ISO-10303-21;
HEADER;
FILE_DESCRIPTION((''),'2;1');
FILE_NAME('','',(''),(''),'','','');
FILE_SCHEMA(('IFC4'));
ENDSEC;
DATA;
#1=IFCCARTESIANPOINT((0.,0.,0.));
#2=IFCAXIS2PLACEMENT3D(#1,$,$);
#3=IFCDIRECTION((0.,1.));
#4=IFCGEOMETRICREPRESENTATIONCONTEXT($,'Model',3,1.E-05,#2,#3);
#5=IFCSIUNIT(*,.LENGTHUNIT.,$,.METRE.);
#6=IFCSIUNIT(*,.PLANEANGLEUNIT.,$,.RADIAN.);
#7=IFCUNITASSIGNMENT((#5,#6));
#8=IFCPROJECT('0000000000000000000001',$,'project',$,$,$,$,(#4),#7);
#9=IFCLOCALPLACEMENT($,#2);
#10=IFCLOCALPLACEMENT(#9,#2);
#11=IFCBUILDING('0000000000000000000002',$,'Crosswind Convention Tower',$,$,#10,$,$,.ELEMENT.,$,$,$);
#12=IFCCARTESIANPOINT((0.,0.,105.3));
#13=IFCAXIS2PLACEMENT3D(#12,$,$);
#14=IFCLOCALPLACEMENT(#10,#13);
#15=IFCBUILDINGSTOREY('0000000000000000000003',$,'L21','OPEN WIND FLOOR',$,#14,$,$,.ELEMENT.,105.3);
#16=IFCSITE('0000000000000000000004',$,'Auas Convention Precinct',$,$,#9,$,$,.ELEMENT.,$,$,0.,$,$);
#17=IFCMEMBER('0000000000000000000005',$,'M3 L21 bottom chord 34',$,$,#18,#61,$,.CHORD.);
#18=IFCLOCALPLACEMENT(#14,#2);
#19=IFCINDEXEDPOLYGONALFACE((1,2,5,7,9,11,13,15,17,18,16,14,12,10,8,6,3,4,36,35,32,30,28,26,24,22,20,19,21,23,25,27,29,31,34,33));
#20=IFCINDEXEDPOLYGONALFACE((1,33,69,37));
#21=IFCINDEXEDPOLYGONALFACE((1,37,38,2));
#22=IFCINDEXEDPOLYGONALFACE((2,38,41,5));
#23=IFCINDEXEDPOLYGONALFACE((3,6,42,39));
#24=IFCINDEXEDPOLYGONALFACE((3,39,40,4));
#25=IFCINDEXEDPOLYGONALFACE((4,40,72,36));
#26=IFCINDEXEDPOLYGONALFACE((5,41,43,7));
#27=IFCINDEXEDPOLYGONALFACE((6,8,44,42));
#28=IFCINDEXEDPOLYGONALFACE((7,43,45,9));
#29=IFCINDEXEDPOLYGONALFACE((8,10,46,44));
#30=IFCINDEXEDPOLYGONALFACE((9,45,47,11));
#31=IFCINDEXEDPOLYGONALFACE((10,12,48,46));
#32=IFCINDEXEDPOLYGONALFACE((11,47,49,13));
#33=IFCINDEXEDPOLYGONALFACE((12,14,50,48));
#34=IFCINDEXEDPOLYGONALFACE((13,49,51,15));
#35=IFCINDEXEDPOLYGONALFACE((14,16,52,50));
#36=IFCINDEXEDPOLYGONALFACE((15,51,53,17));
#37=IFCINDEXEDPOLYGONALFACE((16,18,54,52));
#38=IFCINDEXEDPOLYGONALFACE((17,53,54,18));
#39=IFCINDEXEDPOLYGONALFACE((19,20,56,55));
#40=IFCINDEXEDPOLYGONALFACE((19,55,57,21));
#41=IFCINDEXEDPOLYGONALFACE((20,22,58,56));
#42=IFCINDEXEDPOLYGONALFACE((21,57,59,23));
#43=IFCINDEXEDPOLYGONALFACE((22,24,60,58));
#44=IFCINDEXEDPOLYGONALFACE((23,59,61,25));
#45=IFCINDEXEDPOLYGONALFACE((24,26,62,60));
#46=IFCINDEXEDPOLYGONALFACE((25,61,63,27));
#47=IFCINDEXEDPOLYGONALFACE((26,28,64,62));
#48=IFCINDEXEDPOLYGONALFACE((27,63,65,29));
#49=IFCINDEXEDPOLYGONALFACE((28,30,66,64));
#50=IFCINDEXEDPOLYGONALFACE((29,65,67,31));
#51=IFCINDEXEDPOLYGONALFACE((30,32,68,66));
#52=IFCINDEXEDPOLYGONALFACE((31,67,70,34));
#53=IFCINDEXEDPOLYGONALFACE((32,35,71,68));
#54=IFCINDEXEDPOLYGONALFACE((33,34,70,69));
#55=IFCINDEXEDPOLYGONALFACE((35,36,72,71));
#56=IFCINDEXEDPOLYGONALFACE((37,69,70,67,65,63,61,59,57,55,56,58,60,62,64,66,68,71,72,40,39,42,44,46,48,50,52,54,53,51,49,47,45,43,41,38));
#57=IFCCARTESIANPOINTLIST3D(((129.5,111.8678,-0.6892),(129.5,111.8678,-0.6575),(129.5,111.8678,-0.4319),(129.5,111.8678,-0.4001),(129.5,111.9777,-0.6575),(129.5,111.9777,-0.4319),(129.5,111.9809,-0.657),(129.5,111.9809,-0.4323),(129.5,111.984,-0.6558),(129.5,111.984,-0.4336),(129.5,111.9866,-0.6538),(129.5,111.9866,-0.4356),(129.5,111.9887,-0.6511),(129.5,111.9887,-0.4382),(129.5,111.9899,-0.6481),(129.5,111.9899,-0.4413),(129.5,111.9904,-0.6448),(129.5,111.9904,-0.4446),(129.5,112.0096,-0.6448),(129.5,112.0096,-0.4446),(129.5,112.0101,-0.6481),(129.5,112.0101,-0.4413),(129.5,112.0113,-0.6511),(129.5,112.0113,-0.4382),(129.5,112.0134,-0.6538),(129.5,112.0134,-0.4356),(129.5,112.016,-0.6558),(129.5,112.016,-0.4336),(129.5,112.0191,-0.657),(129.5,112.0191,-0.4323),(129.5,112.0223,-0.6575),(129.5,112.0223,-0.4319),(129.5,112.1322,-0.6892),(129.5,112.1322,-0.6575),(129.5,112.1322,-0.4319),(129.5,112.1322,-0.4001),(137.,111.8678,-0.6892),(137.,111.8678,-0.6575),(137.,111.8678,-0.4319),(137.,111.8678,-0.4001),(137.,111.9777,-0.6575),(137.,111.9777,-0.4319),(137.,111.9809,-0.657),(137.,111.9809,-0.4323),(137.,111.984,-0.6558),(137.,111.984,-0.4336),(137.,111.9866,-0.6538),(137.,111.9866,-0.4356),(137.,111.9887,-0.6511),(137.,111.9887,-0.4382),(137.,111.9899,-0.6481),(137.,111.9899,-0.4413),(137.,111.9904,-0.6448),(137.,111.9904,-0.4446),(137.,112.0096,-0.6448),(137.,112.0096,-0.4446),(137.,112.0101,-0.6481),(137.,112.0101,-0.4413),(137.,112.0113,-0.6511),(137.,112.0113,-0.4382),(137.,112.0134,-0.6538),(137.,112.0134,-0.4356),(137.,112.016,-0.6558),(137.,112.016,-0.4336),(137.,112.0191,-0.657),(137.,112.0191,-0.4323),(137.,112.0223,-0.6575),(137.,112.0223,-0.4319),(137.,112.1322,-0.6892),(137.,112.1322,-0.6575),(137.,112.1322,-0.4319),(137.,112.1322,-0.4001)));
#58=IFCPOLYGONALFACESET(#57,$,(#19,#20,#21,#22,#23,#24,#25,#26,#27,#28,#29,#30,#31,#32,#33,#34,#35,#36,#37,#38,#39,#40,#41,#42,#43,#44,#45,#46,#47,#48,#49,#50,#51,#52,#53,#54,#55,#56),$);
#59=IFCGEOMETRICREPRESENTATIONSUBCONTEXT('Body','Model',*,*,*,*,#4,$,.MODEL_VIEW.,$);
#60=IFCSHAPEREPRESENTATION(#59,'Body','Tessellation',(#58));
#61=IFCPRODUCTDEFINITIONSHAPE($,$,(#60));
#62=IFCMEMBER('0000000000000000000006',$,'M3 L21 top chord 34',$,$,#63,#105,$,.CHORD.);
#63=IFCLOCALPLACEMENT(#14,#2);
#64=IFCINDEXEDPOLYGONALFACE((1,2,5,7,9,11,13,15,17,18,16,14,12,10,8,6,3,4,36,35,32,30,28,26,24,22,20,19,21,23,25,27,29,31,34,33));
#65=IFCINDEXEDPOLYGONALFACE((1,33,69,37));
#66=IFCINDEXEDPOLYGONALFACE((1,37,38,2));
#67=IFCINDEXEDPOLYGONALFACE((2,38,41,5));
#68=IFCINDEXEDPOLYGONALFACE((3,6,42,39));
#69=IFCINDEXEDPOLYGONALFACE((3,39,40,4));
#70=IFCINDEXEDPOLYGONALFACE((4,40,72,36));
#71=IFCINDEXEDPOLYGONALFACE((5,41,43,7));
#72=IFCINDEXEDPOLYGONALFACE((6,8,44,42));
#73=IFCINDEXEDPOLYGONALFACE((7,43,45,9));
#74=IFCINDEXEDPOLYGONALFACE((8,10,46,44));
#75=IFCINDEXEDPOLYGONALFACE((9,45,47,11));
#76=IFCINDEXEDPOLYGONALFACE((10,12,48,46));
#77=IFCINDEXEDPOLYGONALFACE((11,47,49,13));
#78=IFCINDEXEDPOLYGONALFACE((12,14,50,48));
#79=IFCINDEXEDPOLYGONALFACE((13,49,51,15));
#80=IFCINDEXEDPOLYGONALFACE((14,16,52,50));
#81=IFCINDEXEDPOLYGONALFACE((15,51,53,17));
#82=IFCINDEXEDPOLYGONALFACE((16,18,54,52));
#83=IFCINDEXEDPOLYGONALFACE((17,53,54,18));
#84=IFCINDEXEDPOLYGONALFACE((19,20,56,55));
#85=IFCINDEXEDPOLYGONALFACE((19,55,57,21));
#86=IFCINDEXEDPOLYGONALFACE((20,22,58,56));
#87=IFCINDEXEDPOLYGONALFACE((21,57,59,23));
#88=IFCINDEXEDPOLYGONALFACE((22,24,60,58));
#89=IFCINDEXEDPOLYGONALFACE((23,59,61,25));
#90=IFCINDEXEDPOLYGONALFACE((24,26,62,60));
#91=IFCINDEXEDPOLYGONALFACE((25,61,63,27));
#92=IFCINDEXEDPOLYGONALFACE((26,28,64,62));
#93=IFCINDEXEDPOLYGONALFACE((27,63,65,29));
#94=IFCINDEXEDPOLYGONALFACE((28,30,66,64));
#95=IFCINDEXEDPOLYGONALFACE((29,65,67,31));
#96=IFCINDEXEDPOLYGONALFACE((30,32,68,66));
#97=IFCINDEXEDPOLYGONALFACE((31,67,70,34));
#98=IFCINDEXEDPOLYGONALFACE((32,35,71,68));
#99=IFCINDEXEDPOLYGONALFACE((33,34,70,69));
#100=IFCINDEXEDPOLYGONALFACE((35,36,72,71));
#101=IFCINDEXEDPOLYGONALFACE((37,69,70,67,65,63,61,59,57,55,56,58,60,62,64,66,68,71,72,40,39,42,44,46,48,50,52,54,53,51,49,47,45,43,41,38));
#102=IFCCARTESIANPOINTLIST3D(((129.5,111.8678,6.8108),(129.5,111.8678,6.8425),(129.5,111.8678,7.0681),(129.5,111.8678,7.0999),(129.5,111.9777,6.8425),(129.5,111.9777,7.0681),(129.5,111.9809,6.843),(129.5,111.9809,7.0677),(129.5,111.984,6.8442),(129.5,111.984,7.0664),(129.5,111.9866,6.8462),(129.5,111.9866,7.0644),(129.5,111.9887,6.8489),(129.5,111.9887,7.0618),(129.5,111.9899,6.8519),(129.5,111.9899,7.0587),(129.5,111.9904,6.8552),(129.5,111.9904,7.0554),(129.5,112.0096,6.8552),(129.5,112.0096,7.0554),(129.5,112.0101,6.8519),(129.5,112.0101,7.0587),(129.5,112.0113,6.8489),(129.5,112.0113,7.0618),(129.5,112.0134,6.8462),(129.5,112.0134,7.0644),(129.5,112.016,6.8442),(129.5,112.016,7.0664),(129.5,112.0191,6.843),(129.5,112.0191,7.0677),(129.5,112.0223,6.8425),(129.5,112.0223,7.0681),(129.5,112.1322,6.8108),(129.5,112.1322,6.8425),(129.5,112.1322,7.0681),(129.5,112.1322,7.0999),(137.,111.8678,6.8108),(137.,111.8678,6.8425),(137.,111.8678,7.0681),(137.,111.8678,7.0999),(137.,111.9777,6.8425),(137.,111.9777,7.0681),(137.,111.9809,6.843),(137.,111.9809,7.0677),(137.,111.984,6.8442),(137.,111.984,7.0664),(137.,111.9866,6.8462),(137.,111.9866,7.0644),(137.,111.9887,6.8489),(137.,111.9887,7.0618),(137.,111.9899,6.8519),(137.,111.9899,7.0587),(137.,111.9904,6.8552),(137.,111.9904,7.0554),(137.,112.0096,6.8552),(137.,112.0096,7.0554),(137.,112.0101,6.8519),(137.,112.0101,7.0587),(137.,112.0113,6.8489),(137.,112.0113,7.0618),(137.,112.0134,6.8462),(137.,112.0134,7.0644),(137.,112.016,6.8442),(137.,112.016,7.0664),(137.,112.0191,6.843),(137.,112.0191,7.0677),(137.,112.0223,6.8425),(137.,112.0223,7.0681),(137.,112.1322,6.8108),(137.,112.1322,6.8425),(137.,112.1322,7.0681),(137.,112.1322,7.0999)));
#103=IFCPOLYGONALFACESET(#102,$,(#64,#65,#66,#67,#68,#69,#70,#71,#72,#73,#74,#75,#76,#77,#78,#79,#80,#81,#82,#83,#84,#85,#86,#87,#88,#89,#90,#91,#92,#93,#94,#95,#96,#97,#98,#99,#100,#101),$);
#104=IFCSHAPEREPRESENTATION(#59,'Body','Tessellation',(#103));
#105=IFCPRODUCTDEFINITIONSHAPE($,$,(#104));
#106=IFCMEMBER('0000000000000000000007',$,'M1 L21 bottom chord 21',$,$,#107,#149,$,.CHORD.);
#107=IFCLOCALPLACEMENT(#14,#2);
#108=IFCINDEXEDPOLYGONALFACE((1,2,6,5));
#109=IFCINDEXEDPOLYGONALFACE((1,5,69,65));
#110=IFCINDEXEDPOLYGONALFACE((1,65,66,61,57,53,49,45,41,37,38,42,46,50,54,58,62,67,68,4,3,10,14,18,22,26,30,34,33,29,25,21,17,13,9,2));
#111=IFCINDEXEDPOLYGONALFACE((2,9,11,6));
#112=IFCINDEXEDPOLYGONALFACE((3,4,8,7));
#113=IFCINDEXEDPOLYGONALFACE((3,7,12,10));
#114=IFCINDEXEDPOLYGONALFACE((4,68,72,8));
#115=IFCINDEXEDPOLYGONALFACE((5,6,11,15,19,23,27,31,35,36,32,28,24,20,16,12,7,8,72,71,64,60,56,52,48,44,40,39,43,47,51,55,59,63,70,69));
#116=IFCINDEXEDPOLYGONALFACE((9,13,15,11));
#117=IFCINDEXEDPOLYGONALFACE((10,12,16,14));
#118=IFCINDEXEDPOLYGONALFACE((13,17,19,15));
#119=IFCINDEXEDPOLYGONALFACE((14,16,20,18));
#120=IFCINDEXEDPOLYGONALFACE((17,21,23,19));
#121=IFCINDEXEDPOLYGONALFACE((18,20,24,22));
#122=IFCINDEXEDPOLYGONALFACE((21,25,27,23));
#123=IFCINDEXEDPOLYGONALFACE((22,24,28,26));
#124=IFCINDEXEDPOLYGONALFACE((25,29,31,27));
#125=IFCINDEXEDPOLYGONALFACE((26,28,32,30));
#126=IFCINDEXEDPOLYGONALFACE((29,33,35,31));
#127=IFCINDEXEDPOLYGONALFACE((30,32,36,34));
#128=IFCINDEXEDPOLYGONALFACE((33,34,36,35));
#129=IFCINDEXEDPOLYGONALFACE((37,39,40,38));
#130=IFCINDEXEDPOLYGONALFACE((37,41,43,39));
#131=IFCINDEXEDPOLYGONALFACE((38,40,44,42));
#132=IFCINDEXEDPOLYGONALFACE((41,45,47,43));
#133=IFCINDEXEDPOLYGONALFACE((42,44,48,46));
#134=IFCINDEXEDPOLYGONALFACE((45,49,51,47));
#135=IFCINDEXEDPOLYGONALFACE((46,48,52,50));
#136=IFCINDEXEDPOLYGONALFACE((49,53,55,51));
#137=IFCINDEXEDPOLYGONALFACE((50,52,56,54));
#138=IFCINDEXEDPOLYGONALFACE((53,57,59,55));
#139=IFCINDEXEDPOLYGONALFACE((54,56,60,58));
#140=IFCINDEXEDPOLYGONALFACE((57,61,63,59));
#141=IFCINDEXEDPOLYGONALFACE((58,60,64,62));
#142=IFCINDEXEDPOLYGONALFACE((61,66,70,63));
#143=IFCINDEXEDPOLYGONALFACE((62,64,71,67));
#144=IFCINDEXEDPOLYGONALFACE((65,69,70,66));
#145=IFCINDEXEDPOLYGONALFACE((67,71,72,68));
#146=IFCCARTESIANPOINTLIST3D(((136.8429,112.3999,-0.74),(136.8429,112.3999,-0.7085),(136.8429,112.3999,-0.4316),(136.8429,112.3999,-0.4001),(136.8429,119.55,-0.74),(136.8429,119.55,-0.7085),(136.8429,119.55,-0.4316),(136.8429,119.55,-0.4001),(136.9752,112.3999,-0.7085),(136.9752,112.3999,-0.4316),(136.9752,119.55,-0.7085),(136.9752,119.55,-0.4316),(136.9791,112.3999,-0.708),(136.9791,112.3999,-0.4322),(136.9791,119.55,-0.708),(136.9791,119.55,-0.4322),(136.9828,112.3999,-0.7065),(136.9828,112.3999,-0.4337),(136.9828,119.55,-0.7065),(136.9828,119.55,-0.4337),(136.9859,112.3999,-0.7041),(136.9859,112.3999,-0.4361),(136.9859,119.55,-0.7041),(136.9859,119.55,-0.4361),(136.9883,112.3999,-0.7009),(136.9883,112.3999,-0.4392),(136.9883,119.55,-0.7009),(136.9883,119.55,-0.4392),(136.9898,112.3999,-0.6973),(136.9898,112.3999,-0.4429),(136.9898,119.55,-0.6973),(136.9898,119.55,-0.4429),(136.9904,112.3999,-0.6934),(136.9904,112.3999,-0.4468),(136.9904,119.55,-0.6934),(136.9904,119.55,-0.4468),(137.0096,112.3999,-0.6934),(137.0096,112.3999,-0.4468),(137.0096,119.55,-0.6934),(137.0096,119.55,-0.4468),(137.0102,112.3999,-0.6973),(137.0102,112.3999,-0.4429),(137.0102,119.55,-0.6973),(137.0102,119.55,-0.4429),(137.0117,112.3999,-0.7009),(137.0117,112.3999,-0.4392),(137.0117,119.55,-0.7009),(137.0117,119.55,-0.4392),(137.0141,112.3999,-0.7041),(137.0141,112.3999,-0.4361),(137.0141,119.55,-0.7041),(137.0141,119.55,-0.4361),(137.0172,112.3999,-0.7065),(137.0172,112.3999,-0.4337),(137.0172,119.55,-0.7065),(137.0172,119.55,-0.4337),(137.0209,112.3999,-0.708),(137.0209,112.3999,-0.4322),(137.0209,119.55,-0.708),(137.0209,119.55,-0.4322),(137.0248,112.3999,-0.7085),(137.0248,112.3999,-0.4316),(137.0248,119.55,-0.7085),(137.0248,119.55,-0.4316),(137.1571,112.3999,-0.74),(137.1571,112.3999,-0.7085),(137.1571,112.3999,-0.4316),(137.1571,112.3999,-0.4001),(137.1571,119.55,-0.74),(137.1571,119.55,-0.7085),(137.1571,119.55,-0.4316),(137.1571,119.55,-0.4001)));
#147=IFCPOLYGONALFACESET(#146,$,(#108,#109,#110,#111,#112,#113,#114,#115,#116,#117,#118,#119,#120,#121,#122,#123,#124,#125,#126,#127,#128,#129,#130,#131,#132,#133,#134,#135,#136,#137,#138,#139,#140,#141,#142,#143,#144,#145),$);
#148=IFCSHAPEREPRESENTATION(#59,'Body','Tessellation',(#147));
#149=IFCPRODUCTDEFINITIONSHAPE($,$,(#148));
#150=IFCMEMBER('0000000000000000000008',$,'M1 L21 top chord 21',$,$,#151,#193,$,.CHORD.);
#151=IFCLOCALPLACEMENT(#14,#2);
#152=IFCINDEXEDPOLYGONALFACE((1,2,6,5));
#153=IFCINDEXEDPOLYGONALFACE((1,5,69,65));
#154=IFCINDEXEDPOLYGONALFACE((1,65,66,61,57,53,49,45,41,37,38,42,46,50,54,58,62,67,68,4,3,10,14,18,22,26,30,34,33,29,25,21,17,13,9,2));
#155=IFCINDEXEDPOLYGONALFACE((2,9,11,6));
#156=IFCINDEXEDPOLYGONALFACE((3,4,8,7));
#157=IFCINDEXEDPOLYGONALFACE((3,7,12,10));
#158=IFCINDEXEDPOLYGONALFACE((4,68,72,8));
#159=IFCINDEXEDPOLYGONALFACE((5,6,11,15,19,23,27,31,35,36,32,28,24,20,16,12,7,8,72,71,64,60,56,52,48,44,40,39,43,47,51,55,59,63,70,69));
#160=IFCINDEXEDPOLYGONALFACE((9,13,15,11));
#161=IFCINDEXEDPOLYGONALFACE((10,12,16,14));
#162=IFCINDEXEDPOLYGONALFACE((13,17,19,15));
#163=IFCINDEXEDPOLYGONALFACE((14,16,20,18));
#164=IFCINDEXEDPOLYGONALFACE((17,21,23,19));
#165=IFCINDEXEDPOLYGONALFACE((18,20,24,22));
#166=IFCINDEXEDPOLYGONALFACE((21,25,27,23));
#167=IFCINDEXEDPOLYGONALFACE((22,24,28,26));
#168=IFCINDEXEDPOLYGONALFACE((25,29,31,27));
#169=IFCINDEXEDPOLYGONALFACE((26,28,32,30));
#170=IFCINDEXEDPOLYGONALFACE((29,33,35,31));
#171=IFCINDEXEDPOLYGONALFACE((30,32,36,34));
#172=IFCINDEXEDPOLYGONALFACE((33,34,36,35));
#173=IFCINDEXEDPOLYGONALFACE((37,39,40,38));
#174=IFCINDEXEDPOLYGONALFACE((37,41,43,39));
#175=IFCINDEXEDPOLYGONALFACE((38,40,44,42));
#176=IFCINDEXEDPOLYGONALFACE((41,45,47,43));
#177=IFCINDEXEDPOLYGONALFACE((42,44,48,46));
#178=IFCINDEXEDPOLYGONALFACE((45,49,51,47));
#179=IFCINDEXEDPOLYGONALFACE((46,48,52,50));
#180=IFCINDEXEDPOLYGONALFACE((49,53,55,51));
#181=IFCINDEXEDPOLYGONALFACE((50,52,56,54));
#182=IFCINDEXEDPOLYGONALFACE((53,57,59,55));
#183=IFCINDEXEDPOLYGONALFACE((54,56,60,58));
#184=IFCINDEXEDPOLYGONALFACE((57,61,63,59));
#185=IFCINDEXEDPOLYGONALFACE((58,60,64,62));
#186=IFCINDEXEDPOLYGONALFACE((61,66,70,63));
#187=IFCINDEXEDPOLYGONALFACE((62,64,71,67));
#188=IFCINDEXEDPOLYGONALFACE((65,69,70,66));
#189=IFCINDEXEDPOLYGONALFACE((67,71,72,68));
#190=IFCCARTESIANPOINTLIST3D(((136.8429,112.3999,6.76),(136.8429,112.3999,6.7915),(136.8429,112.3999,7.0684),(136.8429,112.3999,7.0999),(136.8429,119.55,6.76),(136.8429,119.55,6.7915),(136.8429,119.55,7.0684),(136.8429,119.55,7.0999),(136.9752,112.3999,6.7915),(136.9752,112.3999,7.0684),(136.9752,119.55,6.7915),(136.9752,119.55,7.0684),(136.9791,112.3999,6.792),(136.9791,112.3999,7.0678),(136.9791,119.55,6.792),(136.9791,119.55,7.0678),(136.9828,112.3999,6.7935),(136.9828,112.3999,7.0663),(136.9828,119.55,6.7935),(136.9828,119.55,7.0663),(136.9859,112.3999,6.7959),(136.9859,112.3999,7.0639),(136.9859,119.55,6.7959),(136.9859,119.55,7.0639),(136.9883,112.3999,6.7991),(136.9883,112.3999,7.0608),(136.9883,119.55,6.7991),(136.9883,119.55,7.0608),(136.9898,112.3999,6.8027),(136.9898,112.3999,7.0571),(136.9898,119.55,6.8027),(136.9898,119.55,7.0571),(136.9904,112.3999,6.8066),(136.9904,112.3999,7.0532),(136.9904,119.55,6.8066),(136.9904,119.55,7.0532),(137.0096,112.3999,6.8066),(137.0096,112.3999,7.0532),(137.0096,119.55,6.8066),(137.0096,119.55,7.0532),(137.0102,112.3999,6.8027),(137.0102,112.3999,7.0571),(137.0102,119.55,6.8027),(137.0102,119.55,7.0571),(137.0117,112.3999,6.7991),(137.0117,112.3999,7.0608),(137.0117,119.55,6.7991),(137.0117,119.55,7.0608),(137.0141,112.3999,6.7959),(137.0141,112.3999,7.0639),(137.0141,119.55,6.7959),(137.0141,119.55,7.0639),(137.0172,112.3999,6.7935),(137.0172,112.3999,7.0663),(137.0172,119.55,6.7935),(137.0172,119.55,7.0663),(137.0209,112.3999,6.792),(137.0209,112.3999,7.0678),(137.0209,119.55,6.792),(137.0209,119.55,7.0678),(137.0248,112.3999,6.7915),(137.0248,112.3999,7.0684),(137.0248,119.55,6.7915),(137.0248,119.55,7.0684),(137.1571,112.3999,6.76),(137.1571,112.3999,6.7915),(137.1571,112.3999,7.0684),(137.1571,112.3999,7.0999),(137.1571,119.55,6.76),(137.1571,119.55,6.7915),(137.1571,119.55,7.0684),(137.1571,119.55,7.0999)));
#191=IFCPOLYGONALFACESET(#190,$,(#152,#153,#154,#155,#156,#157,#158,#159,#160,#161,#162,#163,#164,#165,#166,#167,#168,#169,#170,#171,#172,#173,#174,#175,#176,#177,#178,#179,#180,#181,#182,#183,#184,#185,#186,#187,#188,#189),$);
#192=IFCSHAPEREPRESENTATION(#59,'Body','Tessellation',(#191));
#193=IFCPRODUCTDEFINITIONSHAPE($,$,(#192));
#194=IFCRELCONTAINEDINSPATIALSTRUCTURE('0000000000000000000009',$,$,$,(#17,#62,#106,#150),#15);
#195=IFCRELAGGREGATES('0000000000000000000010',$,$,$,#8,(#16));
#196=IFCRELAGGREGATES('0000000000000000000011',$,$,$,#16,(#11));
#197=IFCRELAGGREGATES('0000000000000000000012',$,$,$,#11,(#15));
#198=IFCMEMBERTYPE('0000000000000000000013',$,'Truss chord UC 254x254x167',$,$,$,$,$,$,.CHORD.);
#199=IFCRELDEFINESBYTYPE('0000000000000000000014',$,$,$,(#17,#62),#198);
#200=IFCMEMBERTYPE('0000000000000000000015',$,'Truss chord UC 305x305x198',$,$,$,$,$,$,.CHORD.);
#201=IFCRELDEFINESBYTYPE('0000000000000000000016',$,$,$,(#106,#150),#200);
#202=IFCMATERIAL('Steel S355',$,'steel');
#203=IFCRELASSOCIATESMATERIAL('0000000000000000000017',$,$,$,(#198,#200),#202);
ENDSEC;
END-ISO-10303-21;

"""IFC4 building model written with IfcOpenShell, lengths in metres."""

from ifc_helpers import new_model, si_unit, direction, frame, origin, origin_2d, place, context, subcontext, project, spatial, i_section, extrude, material, material_profile, profile_set, type_object, element, save


model = new_model("IFC4")

# Units and contexts
model_context = context("Model", 3, precision=1e-05, world=origin(), true_north=direction((0.0, 1.0)))
body_context = subcontext(model_context, "Body", "Model", "MODEL_VIEW")
ifc_project = project(units=[si_unit("LENGTHUNIT", "METRE"), si_unit("PLANEANGLEUNIT", "RADIAN")], contexts=[model_context])

# Site, building, storey
site_placement = place(None, origin())
site = spatial("IfcSite", under=ifc_project, at=site_placement, Name="Auas Convention Precinct", CompositionType="ELEMENT", RefElevation=0.0)
building_placement = place(site_placement, origin())
building = spatial("IfcBuilding", under=site, at=building_placement, Name="Crosswind Convention Tower", CompositionType="ELEMENT")
storey_placement = place(building_placement, frame((0.0, 0.0, 105.3)))
storey = spatial("IfcBuildingStorey", under=building, at=storey_placement, Name="L21", Description="OPEN WIND FLOOR", CompositionType="ELEMENT", Elevation=105.3)

# Shared definitions
ifc_material_1 = material(Name="Steel S355", Category="steel")

# Members
ifc_material_profile_1 = material_profile(ifc_material_1, i_section(OverallWidth=0.2644, OverallDepth=0.2891, WebThickness=0.0193, FlangeThickness=0.0317, FilletRadius=0.0127, at=origin_2d()), Name="UC 254x254x167")
ifc_profile_set_1 = profile_set([ifc_material_profile_1], Name="Steel S355")
member_type_1 = type_object("IfcMemberType", Name="Truss chord UC 254x254x167", PredefinedType="CHORD", material=ifc_profile_set_1)
for number, where, z_axis, x_axis, name in (
    (1, (129.5, 112.0, -0.5447), (1.0, 0.0, 0.0), (0.0, 1.0, 0.0), "M3 L21 bottom chord 34"),
    (2, (129.5, 112.0, 6.9553), (1.0, 0.0, 0.0), (0.0, 1.0, 0.0), "M3 L21 top chord 34"),
):
    element("IfcMember", number, at=place(storey_placement, frame(where, z_axis=z_axis, x_axis=x_axis)), inside=storey, type_object=member_type_1, Name=name, PredefinedType="CHORD", context=body_context, shape_type="SweptSolid", body=[
        extrude(i_section(OverallWidth=0.2644, OverallDepth=0.2891, WebThickness=0.0193, FlangeThickness=0.0317, FilletRadius=0.0127, at=origin_2d()), origin(), (0.0, 0.0, 1.0), 7.5),
    ])
ifc_material_profile_2 = material_profile(ifc_material_1, i_section(OverallWidth=0.3142, OverallDepth=0.3398, WebThickness=0.0193, FlangeThickness=0.0315, FilletRadius=0.0151, at=origin_2d()), Name="UC 305x305x198")
ifc_profile_set_2 = profile_set([ifc_material_profile_2], Name="Steel S355")
member_type_2 = type_object("IfcMemberType", Name="Truss chord UC 305x305x198", PredefinedType="CHORD", material=ifc_profile_set_2)
for number, where, z_axis, x_axis, name in (
    (3, (137.0, 112.3999, -0.5701), (0.0, 1.0, 0.0), (-1.0, 0.0, 0.0), "M1 L21 bottom chord 21"),
    (4, (137.0, 112.3999, 6.9299), (0.0, 1.0, 0.0), (-1.0, 0.0, 0.0), "M1 L21 top chord 21"),
):
    element("IfcMember", number, at=place(storey_placement, frame(where, z_axis=z_axis, x_axis=x_axis)), inside=storey, type_object=member_type_2, Name=name, PredefinedType="CHORD", context=body_context, shape_type="SweptSolid", body=[
        extrude(i_section(OverallWidth=0.3142, OverallDepth=0.3398, WebThickness=0.0193, FlangeThickness=0.0315, FilletRadius=0.0151, at=origin_2d()), origin(), (0.0, 0.0, 1.0), 7.1501),
    ])

save(model, "model.ifc")
